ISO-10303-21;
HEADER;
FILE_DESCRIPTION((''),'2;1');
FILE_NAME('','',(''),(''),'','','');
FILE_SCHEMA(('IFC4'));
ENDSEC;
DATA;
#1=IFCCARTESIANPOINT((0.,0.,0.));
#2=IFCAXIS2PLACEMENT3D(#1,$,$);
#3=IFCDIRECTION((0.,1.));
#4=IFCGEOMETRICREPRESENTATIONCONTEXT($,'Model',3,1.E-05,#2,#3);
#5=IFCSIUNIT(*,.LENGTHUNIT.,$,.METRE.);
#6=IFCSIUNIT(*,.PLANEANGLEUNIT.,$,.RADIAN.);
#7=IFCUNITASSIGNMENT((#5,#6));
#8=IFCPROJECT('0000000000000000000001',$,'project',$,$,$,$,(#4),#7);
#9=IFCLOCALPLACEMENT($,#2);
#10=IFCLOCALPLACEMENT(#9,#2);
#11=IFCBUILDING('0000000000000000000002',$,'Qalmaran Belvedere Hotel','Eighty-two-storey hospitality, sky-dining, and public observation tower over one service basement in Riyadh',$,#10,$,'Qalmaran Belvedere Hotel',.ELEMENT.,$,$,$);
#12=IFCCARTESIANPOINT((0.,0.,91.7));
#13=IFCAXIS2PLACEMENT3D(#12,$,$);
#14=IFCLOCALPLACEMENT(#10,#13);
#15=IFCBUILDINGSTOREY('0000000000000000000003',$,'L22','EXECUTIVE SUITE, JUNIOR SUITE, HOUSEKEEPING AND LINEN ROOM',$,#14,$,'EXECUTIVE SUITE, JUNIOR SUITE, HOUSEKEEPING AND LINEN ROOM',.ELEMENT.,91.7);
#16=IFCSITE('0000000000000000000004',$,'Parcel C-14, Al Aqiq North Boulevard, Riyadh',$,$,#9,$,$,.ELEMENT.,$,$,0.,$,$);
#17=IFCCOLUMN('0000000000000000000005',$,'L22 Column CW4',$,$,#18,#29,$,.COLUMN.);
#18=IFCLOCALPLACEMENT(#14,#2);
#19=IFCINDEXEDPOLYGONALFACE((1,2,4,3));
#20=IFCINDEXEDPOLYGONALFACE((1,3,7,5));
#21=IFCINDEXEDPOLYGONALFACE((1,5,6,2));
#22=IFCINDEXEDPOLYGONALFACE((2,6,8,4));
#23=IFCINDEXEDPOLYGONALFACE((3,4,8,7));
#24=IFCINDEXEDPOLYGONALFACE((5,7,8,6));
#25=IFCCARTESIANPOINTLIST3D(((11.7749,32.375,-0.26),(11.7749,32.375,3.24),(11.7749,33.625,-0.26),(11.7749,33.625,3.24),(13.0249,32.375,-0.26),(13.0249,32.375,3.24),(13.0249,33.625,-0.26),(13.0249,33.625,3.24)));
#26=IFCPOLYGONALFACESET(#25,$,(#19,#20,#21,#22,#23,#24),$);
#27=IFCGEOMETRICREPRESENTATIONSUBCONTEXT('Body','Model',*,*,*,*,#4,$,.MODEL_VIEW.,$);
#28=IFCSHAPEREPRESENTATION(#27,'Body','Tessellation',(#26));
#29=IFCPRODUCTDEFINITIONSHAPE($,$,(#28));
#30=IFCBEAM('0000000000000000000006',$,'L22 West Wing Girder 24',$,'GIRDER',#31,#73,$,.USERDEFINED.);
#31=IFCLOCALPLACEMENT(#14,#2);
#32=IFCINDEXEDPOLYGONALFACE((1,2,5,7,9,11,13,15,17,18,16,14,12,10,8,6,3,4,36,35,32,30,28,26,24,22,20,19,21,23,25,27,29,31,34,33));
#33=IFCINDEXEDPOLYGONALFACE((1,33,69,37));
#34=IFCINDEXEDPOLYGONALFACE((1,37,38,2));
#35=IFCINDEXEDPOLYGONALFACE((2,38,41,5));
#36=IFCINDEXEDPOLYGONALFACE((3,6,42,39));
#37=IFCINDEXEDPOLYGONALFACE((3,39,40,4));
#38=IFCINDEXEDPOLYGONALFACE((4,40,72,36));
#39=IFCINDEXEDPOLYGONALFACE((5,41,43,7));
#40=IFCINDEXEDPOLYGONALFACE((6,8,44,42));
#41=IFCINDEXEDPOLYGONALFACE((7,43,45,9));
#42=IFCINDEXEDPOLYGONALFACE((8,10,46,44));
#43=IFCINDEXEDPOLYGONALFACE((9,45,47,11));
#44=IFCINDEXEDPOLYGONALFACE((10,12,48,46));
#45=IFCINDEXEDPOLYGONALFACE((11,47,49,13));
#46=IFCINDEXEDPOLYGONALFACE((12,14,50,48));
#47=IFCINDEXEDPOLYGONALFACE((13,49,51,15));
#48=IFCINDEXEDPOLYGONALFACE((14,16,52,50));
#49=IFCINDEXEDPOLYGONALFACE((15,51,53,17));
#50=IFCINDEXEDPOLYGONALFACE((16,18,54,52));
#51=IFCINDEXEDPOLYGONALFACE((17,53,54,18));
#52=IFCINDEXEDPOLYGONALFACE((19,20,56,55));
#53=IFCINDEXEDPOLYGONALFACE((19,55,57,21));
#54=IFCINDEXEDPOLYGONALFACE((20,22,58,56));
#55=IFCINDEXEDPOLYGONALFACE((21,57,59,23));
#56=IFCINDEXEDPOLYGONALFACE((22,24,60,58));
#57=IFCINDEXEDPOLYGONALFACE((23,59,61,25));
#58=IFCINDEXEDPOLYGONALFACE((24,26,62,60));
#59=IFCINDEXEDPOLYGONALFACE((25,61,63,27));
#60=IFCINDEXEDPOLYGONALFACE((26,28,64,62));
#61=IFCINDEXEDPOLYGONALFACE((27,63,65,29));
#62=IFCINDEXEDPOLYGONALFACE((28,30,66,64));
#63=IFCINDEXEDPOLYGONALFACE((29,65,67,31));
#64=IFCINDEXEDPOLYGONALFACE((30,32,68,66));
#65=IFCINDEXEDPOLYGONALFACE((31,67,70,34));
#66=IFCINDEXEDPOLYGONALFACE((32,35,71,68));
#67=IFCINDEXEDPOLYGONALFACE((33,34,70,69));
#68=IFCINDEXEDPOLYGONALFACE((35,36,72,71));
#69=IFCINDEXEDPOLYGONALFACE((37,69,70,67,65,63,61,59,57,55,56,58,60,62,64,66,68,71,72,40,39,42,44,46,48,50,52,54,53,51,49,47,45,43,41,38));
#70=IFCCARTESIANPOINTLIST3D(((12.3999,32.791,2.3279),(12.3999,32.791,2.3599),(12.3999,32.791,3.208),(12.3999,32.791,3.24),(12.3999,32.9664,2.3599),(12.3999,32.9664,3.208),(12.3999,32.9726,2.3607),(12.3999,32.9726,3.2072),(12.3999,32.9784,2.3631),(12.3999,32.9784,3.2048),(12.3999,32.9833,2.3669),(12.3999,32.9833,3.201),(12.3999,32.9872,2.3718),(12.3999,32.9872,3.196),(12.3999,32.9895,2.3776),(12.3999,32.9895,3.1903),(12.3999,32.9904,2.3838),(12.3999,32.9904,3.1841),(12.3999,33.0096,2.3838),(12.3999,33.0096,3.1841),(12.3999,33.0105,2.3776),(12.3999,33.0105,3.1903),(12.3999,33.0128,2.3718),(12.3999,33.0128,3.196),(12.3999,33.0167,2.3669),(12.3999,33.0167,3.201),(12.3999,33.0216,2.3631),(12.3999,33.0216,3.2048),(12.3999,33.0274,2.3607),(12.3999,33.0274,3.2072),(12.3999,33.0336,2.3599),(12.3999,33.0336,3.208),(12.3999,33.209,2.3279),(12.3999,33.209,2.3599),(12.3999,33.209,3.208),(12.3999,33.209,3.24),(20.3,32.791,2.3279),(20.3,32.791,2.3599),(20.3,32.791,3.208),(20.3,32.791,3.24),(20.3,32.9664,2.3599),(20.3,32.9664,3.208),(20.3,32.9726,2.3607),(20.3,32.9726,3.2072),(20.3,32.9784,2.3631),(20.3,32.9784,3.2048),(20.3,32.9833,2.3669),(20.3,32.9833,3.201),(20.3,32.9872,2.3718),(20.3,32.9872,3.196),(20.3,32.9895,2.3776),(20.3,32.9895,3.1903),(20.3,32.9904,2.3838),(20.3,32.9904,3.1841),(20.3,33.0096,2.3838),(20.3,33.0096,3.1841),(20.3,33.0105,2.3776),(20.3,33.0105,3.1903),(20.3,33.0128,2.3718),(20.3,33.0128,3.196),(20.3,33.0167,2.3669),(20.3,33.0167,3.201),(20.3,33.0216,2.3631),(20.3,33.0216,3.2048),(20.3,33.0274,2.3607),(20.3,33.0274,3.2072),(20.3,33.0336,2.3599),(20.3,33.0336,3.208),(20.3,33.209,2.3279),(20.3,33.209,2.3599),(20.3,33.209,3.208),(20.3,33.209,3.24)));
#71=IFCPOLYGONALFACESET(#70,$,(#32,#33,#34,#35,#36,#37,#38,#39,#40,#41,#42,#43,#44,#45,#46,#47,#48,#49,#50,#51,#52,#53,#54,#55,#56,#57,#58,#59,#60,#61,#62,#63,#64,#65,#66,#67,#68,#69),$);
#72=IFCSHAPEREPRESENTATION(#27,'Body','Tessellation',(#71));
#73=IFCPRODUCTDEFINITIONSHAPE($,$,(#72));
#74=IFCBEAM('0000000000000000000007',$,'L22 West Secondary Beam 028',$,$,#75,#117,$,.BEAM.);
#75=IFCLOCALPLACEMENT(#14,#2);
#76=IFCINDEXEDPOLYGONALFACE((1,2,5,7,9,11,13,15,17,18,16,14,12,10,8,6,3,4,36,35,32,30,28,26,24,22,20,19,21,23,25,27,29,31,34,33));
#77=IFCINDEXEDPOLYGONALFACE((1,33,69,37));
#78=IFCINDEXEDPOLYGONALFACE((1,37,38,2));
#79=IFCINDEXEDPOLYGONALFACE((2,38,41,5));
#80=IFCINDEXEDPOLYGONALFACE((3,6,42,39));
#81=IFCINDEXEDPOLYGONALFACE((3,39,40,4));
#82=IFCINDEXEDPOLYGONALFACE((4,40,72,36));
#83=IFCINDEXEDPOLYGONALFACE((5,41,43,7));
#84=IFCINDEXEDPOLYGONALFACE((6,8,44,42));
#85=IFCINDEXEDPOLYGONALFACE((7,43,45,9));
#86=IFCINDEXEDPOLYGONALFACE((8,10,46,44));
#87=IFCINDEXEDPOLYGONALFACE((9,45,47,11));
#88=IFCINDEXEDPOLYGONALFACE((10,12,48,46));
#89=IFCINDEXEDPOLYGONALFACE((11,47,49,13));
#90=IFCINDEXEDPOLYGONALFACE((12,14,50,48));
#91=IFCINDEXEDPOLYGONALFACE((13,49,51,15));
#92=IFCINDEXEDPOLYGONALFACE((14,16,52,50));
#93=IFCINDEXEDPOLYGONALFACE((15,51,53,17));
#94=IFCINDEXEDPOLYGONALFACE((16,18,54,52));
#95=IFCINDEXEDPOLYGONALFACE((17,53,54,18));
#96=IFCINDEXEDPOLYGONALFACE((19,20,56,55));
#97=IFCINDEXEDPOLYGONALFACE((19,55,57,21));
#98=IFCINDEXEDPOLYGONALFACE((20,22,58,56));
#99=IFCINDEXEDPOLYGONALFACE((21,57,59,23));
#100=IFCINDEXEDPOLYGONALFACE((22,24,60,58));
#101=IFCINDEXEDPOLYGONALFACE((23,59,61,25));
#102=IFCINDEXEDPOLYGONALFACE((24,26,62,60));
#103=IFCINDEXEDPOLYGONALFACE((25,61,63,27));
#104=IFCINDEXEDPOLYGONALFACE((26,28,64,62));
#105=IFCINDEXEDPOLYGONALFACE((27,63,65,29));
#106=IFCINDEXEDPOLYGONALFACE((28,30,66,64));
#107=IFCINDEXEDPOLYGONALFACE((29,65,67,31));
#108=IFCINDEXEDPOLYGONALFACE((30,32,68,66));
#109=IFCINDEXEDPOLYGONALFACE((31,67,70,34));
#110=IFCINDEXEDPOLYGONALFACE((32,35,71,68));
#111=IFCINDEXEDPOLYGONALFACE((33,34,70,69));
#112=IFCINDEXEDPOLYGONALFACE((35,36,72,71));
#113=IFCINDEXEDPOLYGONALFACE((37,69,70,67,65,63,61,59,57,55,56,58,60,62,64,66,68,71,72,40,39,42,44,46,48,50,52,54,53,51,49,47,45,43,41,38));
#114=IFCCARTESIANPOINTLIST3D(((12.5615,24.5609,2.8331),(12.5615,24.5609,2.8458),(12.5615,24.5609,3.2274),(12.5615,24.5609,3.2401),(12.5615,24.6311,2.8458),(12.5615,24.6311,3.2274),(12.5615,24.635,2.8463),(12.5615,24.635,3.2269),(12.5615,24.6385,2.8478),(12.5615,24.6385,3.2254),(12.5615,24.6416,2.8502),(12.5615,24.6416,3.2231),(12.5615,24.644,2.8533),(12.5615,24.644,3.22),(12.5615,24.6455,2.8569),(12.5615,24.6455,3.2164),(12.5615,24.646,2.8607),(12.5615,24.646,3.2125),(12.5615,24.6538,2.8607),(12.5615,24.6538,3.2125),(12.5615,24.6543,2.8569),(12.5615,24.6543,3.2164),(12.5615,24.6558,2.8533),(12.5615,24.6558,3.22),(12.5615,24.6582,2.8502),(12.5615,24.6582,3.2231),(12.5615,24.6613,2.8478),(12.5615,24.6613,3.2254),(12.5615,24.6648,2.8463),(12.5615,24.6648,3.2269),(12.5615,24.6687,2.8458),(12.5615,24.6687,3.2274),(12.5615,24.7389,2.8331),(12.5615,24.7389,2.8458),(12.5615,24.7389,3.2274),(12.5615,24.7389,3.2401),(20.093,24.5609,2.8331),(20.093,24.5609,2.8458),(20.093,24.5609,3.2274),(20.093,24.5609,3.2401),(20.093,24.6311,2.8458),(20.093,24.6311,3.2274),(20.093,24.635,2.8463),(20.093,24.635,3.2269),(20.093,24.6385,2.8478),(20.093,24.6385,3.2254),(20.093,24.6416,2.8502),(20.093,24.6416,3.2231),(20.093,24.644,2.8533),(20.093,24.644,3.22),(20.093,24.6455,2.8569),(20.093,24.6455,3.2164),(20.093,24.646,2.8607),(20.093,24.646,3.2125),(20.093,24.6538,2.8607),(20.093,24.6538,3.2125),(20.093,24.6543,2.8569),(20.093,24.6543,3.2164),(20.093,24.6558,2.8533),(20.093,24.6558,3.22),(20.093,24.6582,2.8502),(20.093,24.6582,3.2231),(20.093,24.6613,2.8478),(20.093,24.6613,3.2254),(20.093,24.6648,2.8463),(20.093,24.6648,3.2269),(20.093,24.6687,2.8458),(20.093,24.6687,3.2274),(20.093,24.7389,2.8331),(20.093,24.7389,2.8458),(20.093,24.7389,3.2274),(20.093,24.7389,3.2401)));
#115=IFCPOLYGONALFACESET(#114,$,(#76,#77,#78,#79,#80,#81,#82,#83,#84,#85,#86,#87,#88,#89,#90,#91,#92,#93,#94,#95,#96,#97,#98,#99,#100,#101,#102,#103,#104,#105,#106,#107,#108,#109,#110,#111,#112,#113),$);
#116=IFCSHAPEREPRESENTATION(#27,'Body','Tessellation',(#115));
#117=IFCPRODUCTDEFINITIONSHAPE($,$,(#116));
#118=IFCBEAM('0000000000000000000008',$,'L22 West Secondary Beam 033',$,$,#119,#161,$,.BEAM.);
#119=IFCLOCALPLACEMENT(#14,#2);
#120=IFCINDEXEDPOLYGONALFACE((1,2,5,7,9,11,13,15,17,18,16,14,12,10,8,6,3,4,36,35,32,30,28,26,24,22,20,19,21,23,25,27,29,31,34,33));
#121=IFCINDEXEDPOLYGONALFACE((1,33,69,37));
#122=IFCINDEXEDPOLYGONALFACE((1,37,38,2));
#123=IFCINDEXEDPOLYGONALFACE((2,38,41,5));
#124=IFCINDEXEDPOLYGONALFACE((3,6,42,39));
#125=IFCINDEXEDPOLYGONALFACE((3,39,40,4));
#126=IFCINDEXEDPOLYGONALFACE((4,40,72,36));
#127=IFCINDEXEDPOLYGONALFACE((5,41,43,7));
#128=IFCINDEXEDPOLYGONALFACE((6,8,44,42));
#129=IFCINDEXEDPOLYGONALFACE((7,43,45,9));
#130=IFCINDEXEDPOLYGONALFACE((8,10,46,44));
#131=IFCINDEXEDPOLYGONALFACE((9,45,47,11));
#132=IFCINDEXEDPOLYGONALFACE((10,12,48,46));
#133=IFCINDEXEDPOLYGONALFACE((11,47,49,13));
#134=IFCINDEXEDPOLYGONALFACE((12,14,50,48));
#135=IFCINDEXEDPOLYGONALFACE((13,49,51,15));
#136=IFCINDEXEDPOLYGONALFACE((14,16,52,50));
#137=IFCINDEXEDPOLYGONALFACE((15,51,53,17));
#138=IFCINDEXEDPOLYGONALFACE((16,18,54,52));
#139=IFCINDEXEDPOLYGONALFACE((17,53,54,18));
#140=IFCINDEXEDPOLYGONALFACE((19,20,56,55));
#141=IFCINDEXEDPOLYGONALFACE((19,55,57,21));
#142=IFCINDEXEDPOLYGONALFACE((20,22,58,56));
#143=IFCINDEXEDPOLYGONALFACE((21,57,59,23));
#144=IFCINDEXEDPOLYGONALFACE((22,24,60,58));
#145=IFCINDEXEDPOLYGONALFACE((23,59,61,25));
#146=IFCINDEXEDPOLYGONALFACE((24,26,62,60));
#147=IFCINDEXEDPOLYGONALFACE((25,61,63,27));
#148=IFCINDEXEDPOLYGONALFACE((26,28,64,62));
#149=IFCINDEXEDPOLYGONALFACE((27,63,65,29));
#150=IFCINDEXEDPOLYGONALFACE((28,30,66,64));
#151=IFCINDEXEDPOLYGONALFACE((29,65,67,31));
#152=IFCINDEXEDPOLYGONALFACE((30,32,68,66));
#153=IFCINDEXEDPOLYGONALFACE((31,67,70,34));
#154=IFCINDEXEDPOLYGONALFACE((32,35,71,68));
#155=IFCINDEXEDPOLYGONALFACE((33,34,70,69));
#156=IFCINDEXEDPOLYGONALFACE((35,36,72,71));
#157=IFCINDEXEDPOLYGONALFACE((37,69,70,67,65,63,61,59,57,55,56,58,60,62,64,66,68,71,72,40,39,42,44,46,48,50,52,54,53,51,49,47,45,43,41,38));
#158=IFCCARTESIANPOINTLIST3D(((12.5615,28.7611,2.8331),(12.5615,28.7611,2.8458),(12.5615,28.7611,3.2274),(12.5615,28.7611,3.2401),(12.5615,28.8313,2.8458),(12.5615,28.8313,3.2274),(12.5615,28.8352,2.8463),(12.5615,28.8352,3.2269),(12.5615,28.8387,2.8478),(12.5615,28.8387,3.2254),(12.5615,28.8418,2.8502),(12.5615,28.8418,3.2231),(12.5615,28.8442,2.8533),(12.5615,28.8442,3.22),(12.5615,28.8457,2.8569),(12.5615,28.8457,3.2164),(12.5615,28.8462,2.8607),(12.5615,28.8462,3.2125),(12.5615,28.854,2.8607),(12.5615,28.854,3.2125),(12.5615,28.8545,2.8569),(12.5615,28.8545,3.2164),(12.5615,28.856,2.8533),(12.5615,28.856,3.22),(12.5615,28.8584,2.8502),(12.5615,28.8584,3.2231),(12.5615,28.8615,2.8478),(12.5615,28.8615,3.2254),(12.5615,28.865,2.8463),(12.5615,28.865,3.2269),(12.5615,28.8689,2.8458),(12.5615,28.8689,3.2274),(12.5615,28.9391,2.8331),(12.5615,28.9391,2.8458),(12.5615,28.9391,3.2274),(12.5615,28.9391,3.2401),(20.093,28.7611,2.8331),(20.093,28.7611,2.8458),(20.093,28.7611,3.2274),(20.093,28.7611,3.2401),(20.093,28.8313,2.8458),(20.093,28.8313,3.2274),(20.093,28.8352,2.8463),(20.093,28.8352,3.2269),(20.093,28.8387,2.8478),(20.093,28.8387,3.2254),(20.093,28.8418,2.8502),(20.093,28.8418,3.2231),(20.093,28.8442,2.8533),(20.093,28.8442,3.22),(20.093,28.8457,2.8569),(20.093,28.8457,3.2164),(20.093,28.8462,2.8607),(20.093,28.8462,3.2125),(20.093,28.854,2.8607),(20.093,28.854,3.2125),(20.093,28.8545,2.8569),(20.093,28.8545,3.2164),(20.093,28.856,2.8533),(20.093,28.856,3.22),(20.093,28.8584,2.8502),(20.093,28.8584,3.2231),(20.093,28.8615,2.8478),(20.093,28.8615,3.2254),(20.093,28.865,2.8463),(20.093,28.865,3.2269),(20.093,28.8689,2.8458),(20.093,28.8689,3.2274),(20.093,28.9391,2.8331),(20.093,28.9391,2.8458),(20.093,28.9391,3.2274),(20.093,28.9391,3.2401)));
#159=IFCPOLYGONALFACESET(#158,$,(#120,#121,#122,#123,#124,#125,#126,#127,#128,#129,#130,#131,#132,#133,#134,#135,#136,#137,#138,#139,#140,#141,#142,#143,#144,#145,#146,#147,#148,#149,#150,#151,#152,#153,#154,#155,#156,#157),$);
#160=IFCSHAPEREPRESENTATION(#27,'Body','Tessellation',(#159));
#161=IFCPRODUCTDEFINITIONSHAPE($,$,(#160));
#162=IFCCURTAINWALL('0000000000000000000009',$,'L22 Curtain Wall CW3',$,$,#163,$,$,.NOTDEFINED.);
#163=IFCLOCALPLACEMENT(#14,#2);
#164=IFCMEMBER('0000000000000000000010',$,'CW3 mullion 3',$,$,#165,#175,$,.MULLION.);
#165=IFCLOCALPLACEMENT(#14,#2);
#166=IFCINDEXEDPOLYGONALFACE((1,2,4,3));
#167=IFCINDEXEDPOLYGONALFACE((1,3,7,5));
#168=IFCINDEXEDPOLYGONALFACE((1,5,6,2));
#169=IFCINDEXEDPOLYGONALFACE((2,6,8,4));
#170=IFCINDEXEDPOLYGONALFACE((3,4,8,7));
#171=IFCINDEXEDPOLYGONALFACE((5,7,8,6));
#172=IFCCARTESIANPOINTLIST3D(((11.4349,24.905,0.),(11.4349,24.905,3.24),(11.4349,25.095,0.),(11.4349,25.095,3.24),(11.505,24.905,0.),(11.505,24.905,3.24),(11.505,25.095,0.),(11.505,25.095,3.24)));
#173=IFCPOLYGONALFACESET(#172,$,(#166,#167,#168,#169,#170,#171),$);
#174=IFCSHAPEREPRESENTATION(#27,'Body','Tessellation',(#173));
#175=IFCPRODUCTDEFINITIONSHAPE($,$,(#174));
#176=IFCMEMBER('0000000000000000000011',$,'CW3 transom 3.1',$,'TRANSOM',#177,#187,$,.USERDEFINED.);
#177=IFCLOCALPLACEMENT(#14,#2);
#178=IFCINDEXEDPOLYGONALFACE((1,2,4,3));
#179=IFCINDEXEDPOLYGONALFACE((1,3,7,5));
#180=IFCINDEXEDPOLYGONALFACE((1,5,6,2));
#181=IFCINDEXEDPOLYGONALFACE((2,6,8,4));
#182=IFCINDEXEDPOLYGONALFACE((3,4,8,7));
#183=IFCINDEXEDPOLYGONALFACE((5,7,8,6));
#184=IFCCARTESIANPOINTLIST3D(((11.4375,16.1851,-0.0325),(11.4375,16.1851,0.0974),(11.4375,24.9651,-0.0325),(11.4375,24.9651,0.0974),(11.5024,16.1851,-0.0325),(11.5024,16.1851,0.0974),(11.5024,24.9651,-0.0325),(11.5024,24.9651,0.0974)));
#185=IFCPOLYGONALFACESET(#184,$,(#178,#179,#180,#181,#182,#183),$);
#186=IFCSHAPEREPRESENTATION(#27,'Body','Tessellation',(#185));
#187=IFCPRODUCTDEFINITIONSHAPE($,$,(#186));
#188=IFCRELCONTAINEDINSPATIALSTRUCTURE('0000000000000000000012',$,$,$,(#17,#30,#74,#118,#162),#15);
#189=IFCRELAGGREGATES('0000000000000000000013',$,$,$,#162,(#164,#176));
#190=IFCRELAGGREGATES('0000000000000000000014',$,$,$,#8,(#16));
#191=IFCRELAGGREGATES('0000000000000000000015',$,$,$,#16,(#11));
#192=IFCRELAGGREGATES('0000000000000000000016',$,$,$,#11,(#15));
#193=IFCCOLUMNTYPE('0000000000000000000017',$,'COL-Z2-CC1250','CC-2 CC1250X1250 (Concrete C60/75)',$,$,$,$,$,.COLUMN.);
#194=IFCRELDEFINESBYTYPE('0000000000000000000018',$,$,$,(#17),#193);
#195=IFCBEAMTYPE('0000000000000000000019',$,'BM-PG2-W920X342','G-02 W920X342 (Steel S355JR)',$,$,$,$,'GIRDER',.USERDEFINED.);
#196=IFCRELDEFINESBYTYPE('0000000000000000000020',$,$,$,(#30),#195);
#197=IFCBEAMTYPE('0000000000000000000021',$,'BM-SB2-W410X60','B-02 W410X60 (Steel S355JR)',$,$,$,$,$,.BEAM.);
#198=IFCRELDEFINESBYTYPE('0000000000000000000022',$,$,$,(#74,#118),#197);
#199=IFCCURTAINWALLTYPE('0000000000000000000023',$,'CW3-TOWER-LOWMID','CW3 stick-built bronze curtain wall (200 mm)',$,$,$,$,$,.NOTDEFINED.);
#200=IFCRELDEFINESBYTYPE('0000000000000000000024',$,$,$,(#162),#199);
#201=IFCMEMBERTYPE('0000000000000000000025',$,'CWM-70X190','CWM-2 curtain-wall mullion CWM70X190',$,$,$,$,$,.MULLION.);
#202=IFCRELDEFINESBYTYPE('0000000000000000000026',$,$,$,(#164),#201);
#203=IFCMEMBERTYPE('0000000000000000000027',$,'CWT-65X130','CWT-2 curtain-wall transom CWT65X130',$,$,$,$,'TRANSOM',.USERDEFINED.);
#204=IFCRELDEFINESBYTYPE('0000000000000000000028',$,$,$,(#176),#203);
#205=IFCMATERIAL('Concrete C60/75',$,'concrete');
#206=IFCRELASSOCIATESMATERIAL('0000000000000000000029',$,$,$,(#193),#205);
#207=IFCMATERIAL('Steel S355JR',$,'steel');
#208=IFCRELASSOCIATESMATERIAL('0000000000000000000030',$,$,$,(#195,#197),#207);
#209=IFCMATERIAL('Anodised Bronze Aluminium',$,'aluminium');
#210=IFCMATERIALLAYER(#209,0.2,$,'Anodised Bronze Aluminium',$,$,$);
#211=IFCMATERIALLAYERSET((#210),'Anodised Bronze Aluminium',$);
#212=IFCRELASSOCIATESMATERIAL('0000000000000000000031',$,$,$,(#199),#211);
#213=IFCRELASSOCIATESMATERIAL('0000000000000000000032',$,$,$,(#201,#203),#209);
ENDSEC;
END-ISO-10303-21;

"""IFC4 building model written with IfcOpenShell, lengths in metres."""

from ifc_helpers import new_model, si_unit, direction, frame, origin, origin_2d, place, context, subcontext, project, spatial, rectangle, i_section, extrude, material, layer, layer_set, material_profile, profile_set, type_object, element, aggregate, save


model = new_model("IFC4")

# Units and contexts
model_context = context("Model", 3, precision=1e-05, world=origin(), true_north=direction((0.0, 1.0)))
body_context = subcontext(model_context, "Body", "Model", "MODEL_VIEW")
ifc_project = project(units=[si_unit("LENGTHUNIT", "METRE"), si_unit("PLANEANGLEUNIT", "RADIAN")], contexts=[model_context])

# Site, building, storey
site_placement = place(None, origin())
site = spatial("IfcSite", under=ifc_project, at=site_placement, Name="Parcel C-14, Al Aqiq North Boulevard, Riyadh", CompositionType="ELEMENT", RefElevation=0.0)
building_placement = place(site_placement, origin())
building = spatial("IfcBuilding", under=site, at=building_placement, Name="Qalmaran Belvedere Hotel", Description="Eighty-two-storey hospitality, sky-dining, and public observation tower over one service basement in Riyadh", LongName="Qalmaran Belvedere Hotel", CompositionType="ELEMENT")
storey_placement = place(building_placement, frame((0.0, 0.0, 91.7)))
storey = spatial("IfcBuildingStorey", under=building, at=storey_placement, Name="L22", Description="EXECUTIVE SUITE, JUNIOR SUITE, HOUSEKEEPING AND LINEN ROOM", LongName="EXECUTIVE SUITE, JUNIOR SUITE, HOUSEKEEPING AND LINEN ROOM", CompositionType="ELEMENT", Elevation=91.7)

# Column
ifc_material_1 = material(Name="Concrete C60/75", Category="concrete")
ifc_material_profile_1 = material_profile(ifc_material_1, rectangle(XDim=1.25, YDim=1.25, at=origin_2d()), Name="CC1250X1250")
ifc_profile_set_1 = profile_set([ifc_material_profile_1], Name="Concrete C60/75")
column_type = type_object("IfcColumnType", Name="COL-Z2-CC1250", Description="CC-2 CC1250X1250 (Concrete C60/75)", PredefinedType="COLUMN", material=ifc_profile_set_1)
column_placement = place(storey_placement, frame((12.3999, 33.0, -0.26), z_axis=(0.0, 0.0, 1.0), x_axis=(1.0, 0.0, 0.0)))
element("IfcColumn", 1, at=column_placement, inside=storey, type_object=column_type, Name="L22 Column CW4", PredefinedType="COLUMN", context=body_context, shape_type="SweptSolid", body=[
    extrude(rectangle(XDim=1.25, YDim=1.25, at=origin_2d()), origin(), (0.0, 0.0, 1.0), 3.5),
])

# Beams
ifc_material_2 = material(Name="Steel S355JR", Category="steel")
ifc_material_profile_2 = material_profile(ifc_material_2, i_section(OverallWidth=0.418, OverallDepth=0.9121, WebThickness=0.0193, FlangeThickness=0.032, FilletRadius=0.0239, at=origin_2d()), Name="W920X342")
ifc_profile_set_2 = profile_set([ifc_material_profile_2], Name="Steel S355JR")
beam_type_1 = type_object("IfcBeamType", Name="BM-PG2-W920X342", Description="G-02 W920X342 (Steel S355JR)", ElementType="GIRDER", PredefinedType="USERDEFINED", material=ifc_profile_set_2)
beam_placement = place(storey_placement, frame((12.3999, 33.0, 2.7839), z_axis=(1.0, 0.0, 0.0), x_axis=(0.0, 1.0, 0.0)))
element("IfcBeam", 2, at=beam_placement, inside=storey, type_object=beam_type_1, Name="L22 West Wing Girder 24", ObjectType="GIRDER", PredefinedType="USERDEFINED", context=body_context, shape_type="SweptSolid", body=[
    extrude(i_section(OverallWidth=0.418, OverallDepth=0.9121, WebThickness=0.0193, FlangeThickness=0.032, FilletRadius=0.0239, at=origin_2d()), origin(), (0.0, 0.0, 1.0), 7.9001),
])
ifc_material_profile_3 = material_profile(ifc_material_2, i_section(OverallWidth=0.178, OverallDepth=0.407, WebThickness=0.0078, FlangeThickness=0.0127, FilletRadius=0.0149, at=origin_2d()), Name="W410X60")
ifc_profile_set_3 = profile_set([ifc_material_profile_3], Name="Steel S355JR")
beam_type_2 = type_object("IfcBeamType", Name="BM-SB2-W410X60", Description="B-02 W410X60 (Steel S355JR)", PredefinedType="BEAM", material=ifc_profile_set_3)
for number, where, z_axis, x_axis, name in (
    (3, (12.5615, 24.6499, 3.0366), (1.0, 0.0, 0.0), (0.0, 1.0, 0.0), "L22 West Secondary Beam 028"),
    (4, (12.5615, 28.8501, 3.0366), (1.0, 0.0, 0.0), (0.0, 1.0, 0.0), "L22 West Secondary Beam 033"),
):
    element("IfcBeam", number, at=place(storey_placement, frame(where, z_axis=z_axis, x_axis=x_axis)), inside=storey, type_object=beam_type_2, Name=name, PredefinedType="BEAM", context=body_context, shape_type="SweptSolid", body=[
        extrude(i_section(OverallWidth=0.178, OverallDepth=0.407, WebThickness=0.0078, FlangeThickness=0.0127, FilletRadius=0.0149, at=origin_2d()), origin(), (0.0, 0.0, 1.0), 7.5315),
    ])

# Curtain wall, members
ifc_material_3 = material(Name="Anodised Bronze Aluminium", Category="aluminium")
ifc_layer_1 = layer(ifc_material_3, 0.2, Name="Anodised Bronze Aluminium")
ifc_layer_set_1 = layer_set([ifc_layer_1], Name="Anodised Bronze Aluminium")
curtain_wall_type = type_object("IfcCurtainWallType", Name="CW3-TOWER-LOWMID", Description="CW3 stick-built bronze curtain wall (200 mm)", PredefinedType="NOTDEFINED", material=ifc_layer_set_1)
curtain_wall_placement = place(storey_placement, origin())
curtain_wall = element("IfcCurtainWall", 5, at=curtain_wall_placement, inside=storey, type_object=curtain_wall_type, Name="L22 Curtain Wall CW3", PredefinedType="NOTDEFINED")
ifc_material_profile_4 = material_profile(ifc_material_3, rectangle(XDim=0.0701, YDim=0.1899, at=origin_2d()), Name="CWM70X190")
ifc_profile_set_4 = profile_set([ifc_material_profile_4], Name="Anodised Bronze Aluminium")
member_type_1 = type_object("IfcMemberType", Name="CWM-70X190", Description="CWM-2 curtain-wall mullion CWM70X190", PredefinedType="MULLION", material=ifc_profile_set_4)
member_1_placement = place(storey_placement, frame((11.47, 25.0, 0.0), z_axis=(0.0, 0.0, 1.0), x_axis=(1.0, 0.0, 0.0)))
member_1 = element("IfcMember", 6, at=member_1_placement, type_object=member_type_1, Name="CW3 mullion 3", PredefinedType="MULLION", context=body_context, shape_type="SweptSolid", body=[
    extrude(rectangle(XDim=0.0701, YDim=0.1899, at=origin_2d()), origin(), (0.0, 0.0, 1.0), 3.24),
])
ifc_material_profile_5 = material_profile(ifc_material_3, rectangle(XDim=0.0649, YDim=0.1299, at=origin_2d()), Name="CWT65X130")
ifc_profile_set_5 = profile_set([ifc_material_profile_5], Name="Anodised Bronze Aluminium")
member_type_2 = type_object("IfcMemberType", Name="CWT-65X130", Description="CWT-2 curtain-wall transom CWT65X130", ElementType="TRANSOM", PredefinedType="USERDEFINED", material=ifc_profile_set_5)
member_2_placement = place(storey_placement, frame((11.47, 24.9651, 0.0325), z_axis=(0.0, -1.0, 0.0), x_axis=(1.0, 0.0, 0.0)))
member_2 = element("IfcMember", 7, at=member_2_placement, type_object=member_type_2, Name="CW3 transom 3.1", ObjectType="TRANSOM", PredefinedType="USERDEFINED", context=body_context, shape_type="SweptSolid", body=[
    extrude(rectangle(XDim=0.0649, YDim=0.1299, at=origin_2d()), origin(), (0.0, 0.0, 1.0), 8.78),
])
aggregate(curtain_wall, [member_1, member_2])

save(model, "model.ifc")
